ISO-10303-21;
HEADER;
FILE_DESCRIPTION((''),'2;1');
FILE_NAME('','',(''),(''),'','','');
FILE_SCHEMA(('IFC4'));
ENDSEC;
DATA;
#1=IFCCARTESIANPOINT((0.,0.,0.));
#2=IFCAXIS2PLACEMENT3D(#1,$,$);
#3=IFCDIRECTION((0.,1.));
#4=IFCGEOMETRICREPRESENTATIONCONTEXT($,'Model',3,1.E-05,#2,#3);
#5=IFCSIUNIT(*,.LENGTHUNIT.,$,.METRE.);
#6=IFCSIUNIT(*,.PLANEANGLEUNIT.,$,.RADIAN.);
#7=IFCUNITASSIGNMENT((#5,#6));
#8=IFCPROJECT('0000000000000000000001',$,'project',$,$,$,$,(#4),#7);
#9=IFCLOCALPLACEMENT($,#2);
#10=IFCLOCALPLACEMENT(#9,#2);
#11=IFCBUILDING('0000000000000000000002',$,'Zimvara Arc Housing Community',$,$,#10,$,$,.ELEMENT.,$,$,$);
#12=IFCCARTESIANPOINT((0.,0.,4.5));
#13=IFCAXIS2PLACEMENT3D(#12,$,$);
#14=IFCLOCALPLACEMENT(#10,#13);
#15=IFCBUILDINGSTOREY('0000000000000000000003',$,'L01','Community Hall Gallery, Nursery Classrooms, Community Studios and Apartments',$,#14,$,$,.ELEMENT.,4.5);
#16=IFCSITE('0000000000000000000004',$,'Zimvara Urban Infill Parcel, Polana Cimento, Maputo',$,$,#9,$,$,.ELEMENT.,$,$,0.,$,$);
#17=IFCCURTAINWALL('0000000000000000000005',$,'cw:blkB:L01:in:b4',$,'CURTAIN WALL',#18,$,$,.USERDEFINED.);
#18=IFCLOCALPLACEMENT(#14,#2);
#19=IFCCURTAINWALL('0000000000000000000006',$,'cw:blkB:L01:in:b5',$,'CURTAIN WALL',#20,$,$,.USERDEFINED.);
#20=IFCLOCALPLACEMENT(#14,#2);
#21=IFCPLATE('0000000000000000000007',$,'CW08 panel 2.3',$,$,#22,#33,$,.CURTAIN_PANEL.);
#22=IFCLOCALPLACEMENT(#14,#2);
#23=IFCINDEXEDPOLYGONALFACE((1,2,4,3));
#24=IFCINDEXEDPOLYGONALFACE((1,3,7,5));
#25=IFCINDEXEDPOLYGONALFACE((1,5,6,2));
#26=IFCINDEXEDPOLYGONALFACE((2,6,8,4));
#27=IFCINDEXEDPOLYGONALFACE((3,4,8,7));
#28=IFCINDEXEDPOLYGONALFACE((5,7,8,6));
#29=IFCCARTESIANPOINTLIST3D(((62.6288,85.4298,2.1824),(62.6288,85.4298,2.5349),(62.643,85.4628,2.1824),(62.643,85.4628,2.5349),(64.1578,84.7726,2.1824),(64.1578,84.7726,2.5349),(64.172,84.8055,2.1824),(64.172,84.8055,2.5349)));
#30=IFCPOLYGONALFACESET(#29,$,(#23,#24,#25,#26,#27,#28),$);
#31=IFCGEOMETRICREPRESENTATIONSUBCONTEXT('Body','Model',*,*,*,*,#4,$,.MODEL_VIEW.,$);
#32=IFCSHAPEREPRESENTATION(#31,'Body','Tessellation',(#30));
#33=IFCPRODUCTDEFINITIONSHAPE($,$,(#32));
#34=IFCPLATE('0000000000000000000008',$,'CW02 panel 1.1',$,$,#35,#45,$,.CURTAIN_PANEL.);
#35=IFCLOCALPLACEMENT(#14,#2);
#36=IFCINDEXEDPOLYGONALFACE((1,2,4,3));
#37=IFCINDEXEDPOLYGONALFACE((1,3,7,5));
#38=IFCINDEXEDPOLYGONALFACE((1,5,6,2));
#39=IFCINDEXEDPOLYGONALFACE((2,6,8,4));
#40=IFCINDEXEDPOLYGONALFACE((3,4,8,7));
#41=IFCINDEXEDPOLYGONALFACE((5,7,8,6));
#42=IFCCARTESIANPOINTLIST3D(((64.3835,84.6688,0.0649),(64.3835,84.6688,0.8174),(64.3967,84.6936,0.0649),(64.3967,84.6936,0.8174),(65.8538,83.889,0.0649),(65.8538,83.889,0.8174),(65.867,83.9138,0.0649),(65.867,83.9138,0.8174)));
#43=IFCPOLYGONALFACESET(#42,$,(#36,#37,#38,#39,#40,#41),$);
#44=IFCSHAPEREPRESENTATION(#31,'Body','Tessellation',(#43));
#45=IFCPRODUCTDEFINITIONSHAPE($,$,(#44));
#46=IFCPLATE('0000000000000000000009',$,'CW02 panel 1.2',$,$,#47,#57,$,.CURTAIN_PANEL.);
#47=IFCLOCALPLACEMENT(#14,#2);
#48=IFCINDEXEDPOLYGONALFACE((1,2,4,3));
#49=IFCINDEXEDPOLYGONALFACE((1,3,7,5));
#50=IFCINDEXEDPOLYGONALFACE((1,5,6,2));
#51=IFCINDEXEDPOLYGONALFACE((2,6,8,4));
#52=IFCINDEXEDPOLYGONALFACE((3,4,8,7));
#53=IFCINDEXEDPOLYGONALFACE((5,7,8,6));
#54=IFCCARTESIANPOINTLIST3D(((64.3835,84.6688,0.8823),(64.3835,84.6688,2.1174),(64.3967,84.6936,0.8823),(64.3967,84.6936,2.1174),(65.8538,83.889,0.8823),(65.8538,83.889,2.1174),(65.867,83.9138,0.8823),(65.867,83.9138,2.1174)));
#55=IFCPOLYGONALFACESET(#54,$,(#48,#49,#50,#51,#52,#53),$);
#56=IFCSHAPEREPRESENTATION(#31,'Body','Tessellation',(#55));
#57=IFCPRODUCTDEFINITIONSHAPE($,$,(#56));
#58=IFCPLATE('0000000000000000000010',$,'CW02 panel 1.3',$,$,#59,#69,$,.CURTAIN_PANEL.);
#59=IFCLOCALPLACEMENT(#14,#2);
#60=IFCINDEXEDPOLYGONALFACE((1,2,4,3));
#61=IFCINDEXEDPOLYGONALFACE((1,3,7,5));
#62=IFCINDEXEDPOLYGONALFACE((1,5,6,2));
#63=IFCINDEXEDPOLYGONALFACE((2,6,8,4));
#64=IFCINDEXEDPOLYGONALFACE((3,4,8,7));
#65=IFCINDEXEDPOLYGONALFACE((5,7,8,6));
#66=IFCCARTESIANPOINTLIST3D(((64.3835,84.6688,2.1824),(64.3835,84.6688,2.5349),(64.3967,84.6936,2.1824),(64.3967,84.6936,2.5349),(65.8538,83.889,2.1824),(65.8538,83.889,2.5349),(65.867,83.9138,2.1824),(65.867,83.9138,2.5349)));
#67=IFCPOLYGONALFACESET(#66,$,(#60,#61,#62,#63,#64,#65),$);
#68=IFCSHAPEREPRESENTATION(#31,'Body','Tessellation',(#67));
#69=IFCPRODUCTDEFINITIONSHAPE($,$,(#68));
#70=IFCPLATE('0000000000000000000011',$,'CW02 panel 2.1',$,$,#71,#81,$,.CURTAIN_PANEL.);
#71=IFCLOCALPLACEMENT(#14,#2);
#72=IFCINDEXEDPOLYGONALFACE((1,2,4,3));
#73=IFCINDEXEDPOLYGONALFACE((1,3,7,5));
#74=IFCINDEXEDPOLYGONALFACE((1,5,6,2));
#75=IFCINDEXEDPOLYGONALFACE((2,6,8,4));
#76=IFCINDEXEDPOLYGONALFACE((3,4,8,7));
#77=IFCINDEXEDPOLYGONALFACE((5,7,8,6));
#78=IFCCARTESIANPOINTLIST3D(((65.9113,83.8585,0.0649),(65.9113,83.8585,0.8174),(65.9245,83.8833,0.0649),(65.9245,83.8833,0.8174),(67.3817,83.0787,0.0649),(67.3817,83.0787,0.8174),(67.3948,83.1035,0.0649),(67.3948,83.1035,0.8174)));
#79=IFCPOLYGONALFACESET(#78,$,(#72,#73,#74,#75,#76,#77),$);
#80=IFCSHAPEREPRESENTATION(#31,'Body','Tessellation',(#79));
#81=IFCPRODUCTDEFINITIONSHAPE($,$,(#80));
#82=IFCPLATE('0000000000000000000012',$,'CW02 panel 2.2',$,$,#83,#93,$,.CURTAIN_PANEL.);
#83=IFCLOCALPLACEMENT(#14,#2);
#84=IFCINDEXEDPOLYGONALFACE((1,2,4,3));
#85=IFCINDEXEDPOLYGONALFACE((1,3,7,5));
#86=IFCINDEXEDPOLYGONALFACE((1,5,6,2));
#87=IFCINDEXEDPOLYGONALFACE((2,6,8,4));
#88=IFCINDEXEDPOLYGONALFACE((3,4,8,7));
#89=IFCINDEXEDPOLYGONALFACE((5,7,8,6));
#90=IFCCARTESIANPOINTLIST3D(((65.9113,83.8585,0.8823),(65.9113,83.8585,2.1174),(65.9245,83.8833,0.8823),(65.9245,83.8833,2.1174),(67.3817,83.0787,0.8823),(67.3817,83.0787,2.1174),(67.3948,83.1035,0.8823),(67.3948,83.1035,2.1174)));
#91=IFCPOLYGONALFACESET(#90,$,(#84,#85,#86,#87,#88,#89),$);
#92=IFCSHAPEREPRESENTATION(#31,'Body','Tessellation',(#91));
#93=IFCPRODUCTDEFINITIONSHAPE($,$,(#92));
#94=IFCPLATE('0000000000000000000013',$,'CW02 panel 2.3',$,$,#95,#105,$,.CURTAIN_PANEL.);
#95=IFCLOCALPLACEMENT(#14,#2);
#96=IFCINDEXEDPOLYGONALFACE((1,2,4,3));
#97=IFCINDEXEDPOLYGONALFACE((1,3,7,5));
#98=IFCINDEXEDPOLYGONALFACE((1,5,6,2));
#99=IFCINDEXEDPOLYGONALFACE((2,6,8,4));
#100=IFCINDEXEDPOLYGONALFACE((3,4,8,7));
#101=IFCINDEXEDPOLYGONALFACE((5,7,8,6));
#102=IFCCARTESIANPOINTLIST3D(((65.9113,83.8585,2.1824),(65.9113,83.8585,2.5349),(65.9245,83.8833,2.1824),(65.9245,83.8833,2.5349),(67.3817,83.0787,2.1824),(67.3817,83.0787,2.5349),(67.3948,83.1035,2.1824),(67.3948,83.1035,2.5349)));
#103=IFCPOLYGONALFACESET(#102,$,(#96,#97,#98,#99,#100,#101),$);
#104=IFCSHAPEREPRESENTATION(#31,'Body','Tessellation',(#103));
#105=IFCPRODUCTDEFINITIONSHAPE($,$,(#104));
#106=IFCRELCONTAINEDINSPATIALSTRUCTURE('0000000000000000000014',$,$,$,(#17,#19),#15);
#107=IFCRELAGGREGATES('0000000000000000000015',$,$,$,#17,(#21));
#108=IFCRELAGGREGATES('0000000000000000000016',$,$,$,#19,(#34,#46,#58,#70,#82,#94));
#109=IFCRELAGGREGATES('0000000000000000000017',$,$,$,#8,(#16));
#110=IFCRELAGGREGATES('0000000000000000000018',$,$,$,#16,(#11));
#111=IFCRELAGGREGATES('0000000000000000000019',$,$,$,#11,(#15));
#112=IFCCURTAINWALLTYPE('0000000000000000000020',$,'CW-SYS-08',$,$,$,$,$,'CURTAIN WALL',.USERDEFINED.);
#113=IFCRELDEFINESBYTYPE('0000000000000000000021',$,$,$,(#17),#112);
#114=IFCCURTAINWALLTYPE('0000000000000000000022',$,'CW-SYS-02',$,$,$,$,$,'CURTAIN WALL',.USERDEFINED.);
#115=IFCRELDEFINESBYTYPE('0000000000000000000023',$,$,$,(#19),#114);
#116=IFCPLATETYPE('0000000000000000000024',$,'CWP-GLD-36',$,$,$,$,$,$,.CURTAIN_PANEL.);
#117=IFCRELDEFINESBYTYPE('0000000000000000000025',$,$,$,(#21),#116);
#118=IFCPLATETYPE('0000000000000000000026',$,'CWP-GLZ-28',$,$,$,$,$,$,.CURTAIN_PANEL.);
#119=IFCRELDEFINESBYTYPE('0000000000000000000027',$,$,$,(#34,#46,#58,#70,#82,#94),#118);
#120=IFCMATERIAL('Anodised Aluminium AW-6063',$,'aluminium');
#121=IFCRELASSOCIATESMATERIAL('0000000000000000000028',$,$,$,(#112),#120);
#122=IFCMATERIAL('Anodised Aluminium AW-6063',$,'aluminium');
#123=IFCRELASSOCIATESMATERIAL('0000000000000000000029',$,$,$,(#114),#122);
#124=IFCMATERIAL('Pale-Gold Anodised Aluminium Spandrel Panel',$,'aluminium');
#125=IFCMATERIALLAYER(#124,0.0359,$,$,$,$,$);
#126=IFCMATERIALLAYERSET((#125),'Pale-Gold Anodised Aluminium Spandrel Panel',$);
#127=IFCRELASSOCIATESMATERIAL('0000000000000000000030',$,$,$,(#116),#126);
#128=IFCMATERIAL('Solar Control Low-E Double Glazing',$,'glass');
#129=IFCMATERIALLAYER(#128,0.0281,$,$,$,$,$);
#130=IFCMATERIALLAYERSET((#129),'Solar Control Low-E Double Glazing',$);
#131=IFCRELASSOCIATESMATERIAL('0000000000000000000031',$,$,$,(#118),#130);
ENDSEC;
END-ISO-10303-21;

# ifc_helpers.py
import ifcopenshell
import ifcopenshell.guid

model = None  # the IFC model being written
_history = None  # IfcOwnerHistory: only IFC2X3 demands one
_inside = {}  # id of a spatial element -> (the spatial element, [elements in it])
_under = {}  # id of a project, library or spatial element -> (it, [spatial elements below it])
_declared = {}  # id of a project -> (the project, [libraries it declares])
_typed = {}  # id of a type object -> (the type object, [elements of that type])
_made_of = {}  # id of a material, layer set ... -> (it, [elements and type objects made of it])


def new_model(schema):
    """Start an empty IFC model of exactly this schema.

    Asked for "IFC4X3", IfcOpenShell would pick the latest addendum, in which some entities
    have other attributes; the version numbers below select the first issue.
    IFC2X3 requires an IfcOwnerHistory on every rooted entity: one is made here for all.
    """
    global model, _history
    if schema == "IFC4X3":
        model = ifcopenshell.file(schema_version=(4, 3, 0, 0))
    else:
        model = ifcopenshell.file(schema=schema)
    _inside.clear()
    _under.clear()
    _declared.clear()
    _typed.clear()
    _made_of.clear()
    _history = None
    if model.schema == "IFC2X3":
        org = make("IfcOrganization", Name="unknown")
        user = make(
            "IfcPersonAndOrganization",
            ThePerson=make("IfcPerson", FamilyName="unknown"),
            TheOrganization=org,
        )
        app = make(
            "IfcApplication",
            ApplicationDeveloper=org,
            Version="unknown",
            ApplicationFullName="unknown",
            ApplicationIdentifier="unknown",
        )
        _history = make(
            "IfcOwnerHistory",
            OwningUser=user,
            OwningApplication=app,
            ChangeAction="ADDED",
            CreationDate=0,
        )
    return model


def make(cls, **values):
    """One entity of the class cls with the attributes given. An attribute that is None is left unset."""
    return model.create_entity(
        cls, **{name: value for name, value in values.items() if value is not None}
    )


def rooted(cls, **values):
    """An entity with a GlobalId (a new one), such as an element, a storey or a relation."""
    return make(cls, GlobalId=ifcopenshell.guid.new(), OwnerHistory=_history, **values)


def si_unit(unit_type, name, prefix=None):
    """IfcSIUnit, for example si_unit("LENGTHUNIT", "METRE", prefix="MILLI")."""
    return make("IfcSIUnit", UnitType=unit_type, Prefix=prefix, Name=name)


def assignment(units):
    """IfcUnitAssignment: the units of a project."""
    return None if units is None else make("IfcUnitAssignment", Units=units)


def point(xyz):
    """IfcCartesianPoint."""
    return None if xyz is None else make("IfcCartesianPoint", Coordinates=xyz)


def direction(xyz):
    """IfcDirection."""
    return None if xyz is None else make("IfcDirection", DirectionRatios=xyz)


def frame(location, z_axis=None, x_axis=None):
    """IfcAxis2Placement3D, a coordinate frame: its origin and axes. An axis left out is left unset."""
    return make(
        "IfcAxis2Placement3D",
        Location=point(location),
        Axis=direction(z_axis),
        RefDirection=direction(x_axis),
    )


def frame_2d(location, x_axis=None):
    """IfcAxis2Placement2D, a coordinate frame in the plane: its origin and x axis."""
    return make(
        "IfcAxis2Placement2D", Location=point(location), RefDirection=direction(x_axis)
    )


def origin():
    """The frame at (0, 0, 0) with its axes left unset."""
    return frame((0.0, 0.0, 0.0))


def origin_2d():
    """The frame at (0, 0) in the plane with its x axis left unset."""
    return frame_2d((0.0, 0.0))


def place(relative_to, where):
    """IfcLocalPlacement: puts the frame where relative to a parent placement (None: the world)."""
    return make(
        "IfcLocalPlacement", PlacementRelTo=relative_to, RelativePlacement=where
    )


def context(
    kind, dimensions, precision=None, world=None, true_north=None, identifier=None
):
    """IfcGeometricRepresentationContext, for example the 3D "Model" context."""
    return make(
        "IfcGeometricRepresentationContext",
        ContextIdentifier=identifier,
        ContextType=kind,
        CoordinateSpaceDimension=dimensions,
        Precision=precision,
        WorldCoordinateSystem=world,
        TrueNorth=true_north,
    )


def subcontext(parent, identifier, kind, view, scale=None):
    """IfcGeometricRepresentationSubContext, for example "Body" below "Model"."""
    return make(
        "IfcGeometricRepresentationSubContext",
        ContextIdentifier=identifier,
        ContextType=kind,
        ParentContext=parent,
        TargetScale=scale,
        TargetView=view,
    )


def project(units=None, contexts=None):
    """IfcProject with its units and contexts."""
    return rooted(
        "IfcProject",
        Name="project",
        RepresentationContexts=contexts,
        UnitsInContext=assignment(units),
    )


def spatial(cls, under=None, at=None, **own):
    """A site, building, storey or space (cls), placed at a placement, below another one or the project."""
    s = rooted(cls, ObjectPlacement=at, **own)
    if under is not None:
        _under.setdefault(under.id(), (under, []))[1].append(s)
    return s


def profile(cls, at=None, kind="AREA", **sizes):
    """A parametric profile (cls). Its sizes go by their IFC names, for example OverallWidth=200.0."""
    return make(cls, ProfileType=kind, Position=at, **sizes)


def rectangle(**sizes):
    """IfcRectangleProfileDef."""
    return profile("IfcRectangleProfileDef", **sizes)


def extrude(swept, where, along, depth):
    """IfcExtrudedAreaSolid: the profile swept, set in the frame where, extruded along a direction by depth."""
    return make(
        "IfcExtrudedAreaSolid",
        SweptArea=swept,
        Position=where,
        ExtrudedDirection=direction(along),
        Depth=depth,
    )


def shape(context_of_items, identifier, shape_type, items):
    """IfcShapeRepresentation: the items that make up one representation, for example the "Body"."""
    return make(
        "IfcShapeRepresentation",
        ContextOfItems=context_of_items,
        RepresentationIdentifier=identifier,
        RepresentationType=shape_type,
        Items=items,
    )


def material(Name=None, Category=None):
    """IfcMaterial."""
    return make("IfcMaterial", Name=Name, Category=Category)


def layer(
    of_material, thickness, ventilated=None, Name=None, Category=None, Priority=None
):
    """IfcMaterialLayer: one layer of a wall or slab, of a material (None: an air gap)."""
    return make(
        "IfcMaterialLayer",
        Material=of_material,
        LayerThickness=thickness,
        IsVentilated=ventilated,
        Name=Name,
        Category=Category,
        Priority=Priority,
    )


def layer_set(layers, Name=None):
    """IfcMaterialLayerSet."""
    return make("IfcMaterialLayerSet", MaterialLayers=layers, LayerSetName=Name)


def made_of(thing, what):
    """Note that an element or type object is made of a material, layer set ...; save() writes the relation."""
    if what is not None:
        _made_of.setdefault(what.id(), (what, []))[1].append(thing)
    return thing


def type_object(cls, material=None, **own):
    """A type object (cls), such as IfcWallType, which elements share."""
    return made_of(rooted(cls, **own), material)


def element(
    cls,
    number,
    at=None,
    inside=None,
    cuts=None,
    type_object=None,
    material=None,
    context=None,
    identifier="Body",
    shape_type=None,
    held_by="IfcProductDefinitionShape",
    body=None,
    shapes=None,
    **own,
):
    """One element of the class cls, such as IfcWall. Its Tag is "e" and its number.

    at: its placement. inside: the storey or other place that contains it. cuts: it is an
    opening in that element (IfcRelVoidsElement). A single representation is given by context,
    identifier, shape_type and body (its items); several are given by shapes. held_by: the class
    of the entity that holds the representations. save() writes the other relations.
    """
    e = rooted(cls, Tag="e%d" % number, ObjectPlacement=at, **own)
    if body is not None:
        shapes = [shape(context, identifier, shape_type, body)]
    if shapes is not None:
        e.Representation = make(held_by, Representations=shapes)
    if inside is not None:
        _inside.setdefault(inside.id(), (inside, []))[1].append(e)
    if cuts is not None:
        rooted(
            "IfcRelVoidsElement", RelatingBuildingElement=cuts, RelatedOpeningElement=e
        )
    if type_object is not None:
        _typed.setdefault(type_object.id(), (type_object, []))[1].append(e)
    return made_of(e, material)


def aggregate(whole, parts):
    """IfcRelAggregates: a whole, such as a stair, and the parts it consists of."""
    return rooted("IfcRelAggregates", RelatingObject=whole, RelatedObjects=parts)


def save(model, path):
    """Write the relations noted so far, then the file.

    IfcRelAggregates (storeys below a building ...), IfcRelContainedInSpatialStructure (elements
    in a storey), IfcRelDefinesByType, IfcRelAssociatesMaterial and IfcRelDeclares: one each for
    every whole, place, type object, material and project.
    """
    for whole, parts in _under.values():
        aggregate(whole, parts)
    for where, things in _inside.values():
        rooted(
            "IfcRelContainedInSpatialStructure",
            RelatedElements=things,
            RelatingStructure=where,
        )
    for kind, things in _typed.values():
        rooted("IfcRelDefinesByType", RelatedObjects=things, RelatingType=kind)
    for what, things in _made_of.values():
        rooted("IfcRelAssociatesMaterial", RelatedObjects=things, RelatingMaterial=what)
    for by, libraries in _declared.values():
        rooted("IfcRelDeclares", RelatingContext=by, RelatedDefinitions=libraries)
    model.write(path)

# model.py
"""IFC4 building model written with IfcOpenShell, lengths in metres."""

from ifc_helpers import new_model, si_unit, direction, frame, origin, origin_2d, place, context, subcontext, project, spatial, rectangle, extrude, material, layer, layer_set, type_object, element, aggregate, save


model = new_model("IFC4")

# Units and contexts
model_context = context("Model", 3, precision=1e-05, world=origin(), true_north=direction((0.0, 1.0)))
body_context = subcontext(model_context, "Body", "Model", "MODEL_VIEW")
ifc_project = project(units=[si_unit("LENGTHUNIT", "METRE"), si_unit("PLANEANGLEUNIT", "RADIAN")], contexts=[model_context])

# Site, building, storey
site_placement = place(None, origin())
site = spatial("IfcSite", under=ifc_project, at=site_placement, Name="Zimvara Urban Infill Parcel, Polana Cimento, Maputo", CompositionType="ELEMENT", RefElevation=0.0)
building_placement = place(site_placement, origin())
building = spatial("IfcBuilding", under=site, at=building_placement, Name="Zimvara Arc Housing Community", CompositionType="ELEMENT")
storey_placement = place(building_placement, frame((0.0, 0.0, 4.5)))
storey = spatial("IfcBuildingStorey", under=building, at=storey_placement, Name="L01", Description="Community Hall Gallery, Nursery Classrooms, Community Studios and Apartments", CompositionType="ELEMENT", Elevation=4.5)

# Curtain wall
ifc_material_1 = material(Name="Anodised Aluminium AW-6063", Category="aluminium")
curtain_wall_type_1 = type_object("IfcCurtainWallType", Name="CW-SYS-08", ElementType="CURTAIN WALL", PredefinedType="USERDEFINED", material=ifc_material_1)
curtain_wall_1_placement = place(storey_placement, origin())
curtain_wall_1 = element("IfcCurtainWall", 1, at=curtain_wall_1_placement, inside=storey, type_object=curtain_wall_type_1, Name="cw:blkB:L01:in:b4", ObjectType="CURTAIN WALL", PredefinedType="USERDEFINED")

# Curtain wall
ifc_material_2 = material(Name="Anodised Aluminium AW-6063", Category="aluminium")
curtain_wall_type_2 = type_object("IfcCurtainWallType", Name="CW-SYS-02", ElementType="CURTAIN WALL", PredefinedType="USERDEFINED", material=ifc_material_2)
curtain_wall_2_placement = place(storey_placement, origin())
curtain_wall_2 = element("IfcCurtainWall", 2, at=curtain_wall_2_placement, inside=storey, type_object=curtain_wall_type_2, Name="cw:blkB:L01:in:b5", ObjectType="CURTAIN WALL", PredefinedType="USERDEFINED")

# Plates
ifc_material_3 = material(Name="Pale-Gold Anodised Aluminium Spandrel Panel", Category="aluminium")
ifc_layer_1 = layer(ifc_material_3, 0.0359)
ifc_layer_set_1 = layer_set([ifc_layer_1], Name="Pale-Gold Anodised Aluminium Spandrel Panel")
plate_type_1 = type_object("IfcPlateType", Name="CWP-GLD-36", PredefinedType="CURTAIN_PANEL", material=ifc_layer_set_1)
plate_1_placement = place(storey_placement, frame((63.4004, 85.1177, 2.1824), z_axis=(0.0, 0.0, 1.0), x_axis=(0.918722, -0.394904, 0.0)))
plate_1 = element("IfcPlate", 3, at=plate_1_placement, type_object=plate_type_1, Name="CW08 panel 2.3", PredefinedType="CURTAIN_PANEL", context=body_context, shape_type="SweptSolid", body=[
    extrude(rectangle(XDim=1.6643, YDim=0.0359, at=origin_2d()), origin(), (0.0, 0.0, 1.0), 0.3525),
])
aggregate(curtain_wall_1, [plate_1])
ifc_material_4 = material(Name="Solar Control Low-E Double Glazing", Category="glass")
ifc_layer_2 = layer(ifc_material_4, 0.0281)
ifc_layer_set_2 = layer_set([ifc_layer_2], Name="Solar Control Low-E Double Glazing")
plate_type_2 = type_object("IfcPlateType", Name="CWP-GLZ-28", PredefinedType="CURTAIN_PANEL", material=ifc_layer_set_2)
plate_2_placement = place(storey_placement, frame((65.1252, 84.2913, 0.0649), z_axis=(0.0, 0.0, 1.0), x_axis=(0.88344, -0.468545, 0.0)))
plate_2 = element("IfcPlate", 4, at=plate_2_placement, type_object=plate_type_2, Name="CW02 panel 1.1", PredefinedType="CURTAIN_PANEL", context=body_context, shape_type="SweptSolid", body=[
    extrude(rectangle(XDim=1.6643, YDim=0.0281, at=origin_2d()), origin(), (0.0, 0.0, 1.0), 0.7524),
])
plate_3_placement = place(storey_placement, frame((65.1252, 84.2913, 0.8823), z_axis=(0.0, 0.0, 1.0), x_axis=(0.88344, -0.468545, 0.0)))
plate_3 = element("IfcPlate", 5, at=plate_3_placement, type_object=plate_type_2, Name="CW02 panel 1.2", PredefinedType="CURTAIN_PANEL", context=body_context, shape_type="SweptSolid", body=[
    extrude(rectangle(XDim=1.6643, YDim=0.0281, at=origin_2d()), origin(), (0.0, 0.0, 1.0), 1.2351),
])
plate_4_placement = place(storey_placement, frame((65.1252, 84.2913, 2.1824), z_axis=(0.0, 0.0, 1.0), x_axis=(0.88344, -0.468545, 0.0)))
plate_4 = element("IfcPlate", 6, at=plate_4_placement, type_object=plate_type_2, Name="CW02 panel 1.3", PredefinedType="CURTAIN_PANEL", context=body_context, shape_type="SweptSolid", body=[
    extrude(rectangle(XDim=1.6643, YDim=0.0281, at=origin_2d()), origin(), (0.0, 0.0, 1.0), 0.3525),
])
plate_5_placement = place(storey_placement, frame((66.6531, 83.481, 0.0649), z_axis=(0.0, 0.0, 1.0), x_axis=(0.88344, -0.468545, 0.0)))
plate_5 = element("IfcPlate", 7, at=plate_5_placement, type_object=plate_type_2, Name="CW02 panel 2.1", PredefinedType="CURTAIN_PANEL", context=body_context, shape_type="SweptSolid", body=[
    extrude(rectangle(XDim=1.6643, YDim=0.0281, at=origin_2d()), origin(), (0.0, 0.0, 1.0), 0.7524),
])
plate_6_placement = place(storey_placement, frame((66.6531, 83.481, 0.8823), z_axis=(0.0, 0.0, 1.0), x_axis=(0.88344, -0.468545, 0.0)))
plate_6 = element("IfcPlate", 8, at=plate_6_placement, type_object=plate_type_2, Name="CW02 panel 2.2", PredefinedType="CURTAIN_PANEL", context=body_context, shape_type="SweptSolid", body=[
    extrude(rectangle(XDim=1.6643, YDim=0.0281, at=origin_2d()), origin(), (0.0, 0.0, 1.0), 1.2351),
])
plate_7_placement = place(storey_placement, frame((66.6531, 83.481, 2.1824), z_axis=(0.0, 0.0, 1.0), x_axis=(0.88344, -0.468545, 0.0)))
plate_7 = element("IfcPlate", 9, at=plate_7_placement, type_object=plate_type_2, Name="CW02 panel 2.3", PredefinedType="CURTAIN_PANEL", context=body_context, shape_type="SweptSolid", body=[
    extrude(rectangle(XDim=1.6643, YDim=0.0281, at=origin_2d()), origin(), (0.0, 0.0, 1.0), 0.3525),
])
aggregate(curtain_wall_2, [plate_2, plate_3, plate_4, plate_5, plate_6, plate_7])

save(model, "model.ifc")
